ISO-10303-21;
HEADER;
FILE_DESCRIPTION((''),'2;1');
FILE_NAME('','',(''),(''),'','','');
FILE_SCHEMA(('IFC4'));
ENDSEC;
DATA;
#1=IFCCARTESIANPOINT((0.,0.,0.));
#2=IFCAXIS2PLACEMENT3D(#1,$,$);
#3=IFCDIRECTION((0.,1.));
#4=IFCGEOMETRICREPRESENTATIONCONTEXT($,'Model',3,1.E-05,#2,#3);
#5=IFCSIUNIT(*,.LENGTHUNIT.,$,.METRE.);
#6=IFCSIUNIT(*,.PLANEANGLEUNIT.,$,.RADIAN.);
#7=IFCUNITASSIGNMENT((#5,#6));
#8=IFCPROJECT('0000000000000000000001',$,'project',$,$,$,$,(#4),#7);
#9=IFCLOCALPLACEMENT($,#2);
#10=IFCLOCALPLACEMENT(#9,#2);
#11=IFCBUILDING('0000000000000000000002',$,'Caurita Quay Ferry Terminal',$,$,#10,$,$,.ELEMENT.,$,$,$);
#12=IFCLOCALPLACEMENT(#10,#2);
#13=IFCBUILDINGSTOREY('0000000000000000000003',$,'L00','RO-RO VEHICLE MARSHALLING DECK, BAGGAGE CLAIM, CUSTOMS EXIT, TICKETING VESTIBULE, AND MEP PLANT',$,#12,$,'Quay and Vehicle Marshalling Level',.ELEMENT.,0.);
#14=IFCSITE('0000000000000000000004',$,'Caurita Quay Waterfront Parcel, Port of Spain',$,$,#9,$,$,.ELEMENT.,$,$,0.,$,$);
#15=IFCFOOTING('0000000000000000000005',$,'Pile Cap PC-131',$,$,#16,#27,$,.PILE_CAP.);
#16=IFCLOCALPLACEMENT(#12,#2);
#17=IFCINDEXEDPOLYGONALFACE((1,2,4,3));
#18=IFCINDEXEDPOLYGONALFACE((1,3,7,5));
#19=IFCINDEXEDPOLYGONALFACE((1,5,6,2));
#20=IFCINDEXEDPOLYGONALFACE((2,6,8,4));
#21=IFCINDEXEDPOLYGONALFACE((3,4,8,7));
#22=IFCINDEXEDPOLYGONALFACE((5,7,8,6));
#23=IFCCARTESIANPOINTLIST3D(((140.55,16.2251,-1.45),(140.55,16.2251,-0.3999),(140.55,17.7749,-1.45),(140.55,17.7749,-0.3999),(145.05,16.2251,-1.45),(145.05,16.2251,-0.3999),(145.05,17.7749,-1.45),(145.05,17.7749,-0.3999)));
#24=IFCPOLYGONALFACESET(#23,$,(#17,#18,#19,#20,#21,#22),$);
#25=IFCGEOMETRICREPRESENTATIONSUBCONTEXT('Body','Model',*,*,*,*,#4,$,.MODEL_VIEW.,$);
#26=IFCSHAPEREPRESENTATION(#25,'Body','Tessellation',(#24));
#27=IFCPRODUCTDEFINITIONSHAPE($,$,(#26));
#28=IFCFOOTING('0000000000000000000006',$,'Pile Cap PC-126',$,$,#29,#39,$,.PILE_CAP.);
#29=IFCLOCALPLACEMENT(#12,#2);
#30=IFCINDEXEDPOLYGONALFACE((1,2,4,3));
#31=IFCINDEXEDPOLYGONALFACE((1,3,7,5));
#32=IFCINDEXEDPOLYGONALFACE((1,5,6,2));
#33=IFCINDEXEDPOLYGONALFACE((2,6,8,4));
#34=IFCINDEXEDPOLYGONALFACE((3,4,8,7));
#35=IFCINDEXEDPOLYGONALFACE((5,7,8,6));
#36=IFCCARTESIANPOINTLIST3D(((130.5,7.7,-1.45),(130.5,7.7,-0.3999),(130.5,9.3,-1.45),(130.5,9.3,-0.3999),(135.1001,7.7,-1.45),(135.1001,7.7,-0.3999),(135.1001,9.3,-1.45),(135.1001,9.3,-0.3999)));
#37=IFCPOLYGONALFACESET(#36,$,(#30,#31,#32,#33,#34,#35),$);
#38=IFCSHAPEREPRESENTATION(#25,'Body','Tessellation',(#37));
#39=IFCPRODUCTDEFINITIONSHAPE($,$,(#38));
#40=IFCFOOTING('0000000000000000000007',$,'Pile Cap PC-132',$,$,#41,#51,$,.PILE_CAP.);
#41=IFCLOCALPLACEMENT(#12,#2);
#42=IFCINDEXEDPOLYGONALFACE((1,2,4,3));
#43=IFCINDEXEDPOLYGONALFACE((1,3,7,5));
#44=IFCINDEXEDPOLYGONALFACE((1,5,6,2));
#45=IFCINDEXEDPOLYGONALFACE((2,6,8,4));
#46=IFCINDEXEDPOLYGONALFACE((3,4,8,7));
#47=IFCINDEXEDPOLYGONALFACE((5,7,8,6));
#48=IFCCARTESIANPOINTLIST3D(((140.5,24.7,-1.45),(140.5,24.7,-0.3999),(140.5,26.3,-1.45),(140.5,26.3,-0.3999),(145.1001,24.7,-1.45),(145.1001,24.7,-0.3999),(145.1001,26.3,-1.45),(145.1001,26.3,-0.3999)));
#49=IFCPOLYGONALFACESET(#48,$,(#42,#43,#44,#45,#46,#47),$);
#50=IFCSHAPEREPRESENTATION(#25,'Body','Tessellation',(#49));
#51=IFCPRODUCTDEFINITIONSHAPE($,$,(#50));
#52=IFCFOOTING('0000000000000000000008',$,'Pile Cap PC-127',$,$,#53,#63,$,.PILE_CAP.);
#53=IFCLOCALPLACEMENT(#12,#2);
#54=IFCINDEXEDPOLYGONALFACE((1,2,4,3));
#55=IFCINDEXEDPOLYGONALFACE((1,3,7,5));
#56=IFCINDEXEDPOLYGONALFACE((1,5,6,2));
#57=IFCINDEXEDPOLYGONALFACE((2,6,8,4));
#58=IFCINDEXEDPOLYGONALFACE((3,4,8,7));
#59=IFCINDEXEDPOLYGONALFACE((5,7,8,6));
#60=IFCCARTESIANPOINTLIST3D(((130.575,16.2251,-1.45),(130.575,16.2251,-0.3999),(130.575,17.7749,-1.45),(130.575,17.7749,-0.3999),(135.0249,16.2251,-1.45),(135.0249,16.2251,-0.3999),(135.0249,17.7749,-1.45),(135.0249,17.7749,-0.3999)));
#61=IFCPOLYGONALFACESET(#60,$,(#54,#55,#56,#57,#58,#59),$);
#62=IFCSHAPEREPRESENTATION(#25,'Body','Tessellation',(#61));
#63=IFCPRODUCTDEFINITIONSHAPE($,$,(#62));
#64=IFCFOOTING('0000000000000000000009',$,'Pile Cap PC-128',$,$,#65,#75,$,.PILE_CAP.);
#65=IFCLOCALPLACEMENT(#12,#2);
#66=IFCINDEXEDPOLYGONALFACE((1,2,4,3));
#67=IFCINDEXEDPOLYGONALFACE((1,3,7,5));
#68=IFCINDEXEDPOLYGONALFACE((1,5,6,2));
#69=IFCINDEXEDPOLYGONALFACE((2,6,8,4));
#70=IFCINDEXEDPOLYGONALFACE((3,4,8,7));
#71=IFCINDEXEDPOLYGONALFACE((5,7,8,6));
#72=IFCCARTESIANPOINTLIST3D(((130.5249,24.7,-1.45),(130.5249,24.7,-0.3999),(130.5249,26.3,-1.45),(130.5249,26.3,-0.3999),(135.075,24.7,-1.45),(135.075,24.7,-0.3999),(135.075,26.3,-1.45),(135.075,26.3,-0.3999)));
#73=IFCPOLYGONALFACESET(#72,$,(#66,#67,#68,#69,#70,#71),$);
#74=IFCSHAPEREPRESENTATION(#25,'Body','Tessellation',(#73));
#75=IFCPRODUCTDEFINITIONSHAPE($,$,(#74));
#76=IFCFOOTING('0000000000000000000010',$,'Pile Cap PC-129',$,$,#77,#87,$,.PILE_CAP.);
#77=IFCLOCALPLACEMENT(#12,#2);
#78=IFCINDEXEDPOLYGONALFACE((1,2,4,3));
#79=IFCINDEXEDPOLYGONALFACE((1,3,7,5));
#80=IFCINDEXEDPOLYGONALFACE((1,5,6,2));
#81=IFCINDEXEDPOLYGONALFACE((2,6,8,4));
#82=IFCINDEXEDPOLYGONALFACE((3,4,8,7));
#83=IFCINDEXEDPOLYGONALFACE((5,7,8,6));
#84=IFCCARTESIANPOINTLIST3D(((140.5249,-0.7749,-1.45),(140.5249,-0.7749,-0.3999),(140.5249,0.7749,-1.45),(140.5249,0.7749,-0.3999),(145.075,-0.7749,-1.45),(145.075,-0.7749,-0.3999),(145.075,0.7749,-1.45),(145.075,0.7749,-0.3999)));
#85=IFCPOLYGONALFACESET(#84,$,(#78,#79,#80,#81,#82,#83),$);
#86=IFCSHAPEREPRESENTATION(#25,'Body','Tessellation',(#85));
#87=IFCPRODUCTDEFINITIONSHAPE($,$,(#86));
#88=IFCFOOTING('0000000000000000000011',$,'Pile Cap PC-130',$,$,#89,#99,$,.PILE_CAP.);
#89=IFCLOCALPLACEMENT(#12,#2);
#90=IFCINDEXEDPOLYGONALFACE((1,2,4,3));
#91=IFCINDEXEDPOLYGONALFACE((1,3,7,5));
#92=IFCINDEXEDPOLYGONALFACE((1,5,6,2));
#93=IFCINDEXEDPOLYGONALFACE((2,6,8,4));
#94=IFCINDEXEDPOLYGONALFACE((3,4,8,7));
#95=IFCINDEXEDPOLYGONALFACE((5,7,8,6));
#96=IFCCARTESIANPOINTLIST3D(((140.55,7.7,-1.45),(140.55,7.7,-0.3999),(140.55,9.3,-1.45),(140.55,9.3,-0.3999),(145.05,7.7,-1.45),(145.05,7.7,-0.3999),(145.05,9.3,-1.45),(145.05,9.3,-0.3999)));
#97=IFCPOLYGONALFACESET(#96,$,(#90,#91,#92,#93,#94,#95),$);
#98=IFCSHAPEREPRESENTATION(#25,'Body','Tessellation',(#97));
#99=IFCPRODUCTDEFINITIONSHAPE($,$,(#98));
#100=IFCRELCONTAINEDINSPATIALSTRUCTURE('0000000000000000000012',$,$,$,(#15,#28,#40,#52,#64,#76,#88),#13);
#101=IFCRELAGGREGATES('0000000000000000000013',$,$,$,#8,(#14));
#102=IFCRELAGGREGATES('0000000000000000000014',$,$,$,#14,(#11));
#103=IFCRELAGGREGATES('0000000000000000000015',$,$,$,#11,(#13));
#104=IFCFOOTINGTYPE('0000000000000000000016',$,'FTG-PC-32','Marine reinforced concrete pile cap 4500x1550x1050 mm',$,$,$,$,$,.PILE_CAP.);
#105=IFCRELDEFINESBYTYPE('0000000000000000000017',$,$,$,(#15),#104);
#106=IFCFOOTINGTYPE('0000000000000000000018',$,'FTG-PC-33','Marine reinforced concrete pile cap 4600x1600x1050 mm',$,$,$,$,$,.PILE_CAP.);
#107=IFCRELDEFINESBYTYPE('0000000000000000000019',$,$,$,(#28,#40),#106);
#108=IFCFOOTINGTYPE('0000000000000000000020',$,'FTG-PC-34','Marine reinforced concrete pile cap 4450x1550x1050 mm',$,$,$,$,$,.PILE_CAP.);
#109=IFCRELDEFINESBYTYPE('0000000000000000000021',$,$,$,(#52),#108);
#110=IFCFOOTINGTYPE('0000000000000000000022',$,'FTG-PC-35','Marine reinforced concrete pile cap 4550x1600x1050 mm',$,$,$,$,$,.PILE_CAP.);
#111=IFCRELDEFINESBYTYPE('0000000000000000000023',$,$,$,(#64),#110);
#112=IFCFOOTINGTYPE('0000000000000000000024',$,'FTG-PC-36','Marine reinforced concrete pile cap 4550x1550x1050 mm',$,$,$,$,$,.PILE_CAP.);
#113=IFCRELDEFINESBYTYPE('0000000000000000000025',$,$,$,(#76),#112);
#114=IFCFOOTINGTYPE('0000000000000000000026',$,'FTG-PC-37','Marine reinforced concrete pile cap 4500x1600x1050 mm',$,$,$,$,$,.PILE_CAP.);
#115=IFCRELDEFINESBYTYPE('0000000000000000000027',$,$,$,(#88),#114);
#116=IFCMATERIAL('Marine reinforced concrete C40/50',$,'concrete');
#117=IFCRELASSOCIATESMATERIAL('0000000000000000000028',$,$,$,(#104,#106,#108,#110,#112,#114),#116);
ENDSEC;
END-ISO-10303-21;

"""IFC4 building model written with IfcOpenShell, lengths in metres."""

from ifc_helpers import new_model, si_unit, direction, frame, origin, place, context, subcontext, project, spatial, polyline, outline, extrude, material, type_object, element, save


model = new_model("IFC4")

# Units and contexts
model_context = context("Model", 3, precision=1e-05, world=origin(), true_north=direction((0.0, 1.0)))
body_context = subcontext(model_context, "Body", "Model", "MODEL_VIEW")
ifc_project = project(units=[si_unit("LENGTHUNIT", "METRE"), si_unit("PLANEANGLEUNIT", "RADIAN")], contexts=[model_context])

# Site, building, storey
site_placement = place(None, origin())
site = spatial("IfcSite", under=ifc_project, at=site_placement, Name="Caurita Quay Waterfront Parcel, Port of Spain", CompositionType="ELEMENT", RefElevation=0.0)
building_placement = place(site_placement, origin())
building = spatial("IfcBuilding", under=site, at=building_placement, Name="Caurita Quay Ferry Terminal", CompositionType="ELEMENT")
storey_placement = place(building_placement, origin())
storey = spatial("IfcBuildingStorey", under=building, at=storey_placement, Name="L00", Description="RO-RO VEHICLE MARSHALLING DECK, BAGGAGE CLAIM, CUSTOMS EXIT, TICKETING VESTIBULE, AND MEP PLANT", LongName="Quay and Vehicle Marshalling Level", CompositionType="ELEMENT", Elevation=0.0)

# Footings
ifc_material = material(Name="Marine reinforced concrete C40/50", Category="concrete")
footing_type_1 = type_object("IfcFootingType", Name="FTG-PC-32", Description="Marine reinforced concrete pile cap 4500x1550x1050 mm", PredefinedType="PILE_CAP", material=ifc_material)
footing_1_placement = place(storey_placement, frame((0.0, 0.0, -1.45)))
element("IfcFooting", 1, at=footing_1_placement, inside=storey, type_object=footing_type_1, Name="Pile Cap PC-131", PredefinedType="PILE_CAP", context=body_context, shape_type="SweptSolid", body=[
    extrude(outline(polyline([(140.55, 16.2251), (145.05, 16.2251), (145.05, 17.7749), (140.55, 17.7749), (140.55, 16.2251)])), origin(), (0.0, 0.0, 1.0), 1.05),
])
footing_type_2 = type_object("IfcFootingType", Name="FTG-PC-33", Description="Marine reinforced concrete pile cap 4600x1600x1050 mm", PredefinedType="PILE_CAP", material=ifc_material)
footing_2_placement = place(storey_placement, frame((0.0, 0.0, -1.45)))
element("IfcFooting", 2, at=footing_2_placement, inside=storey, type_object=footing_type_2, Name="Pile Cap PC-126", PredefinedType="PILE_CAP", context=body_context, shape_type="SweptSolid", body=[
    extrude(outline(polyline([(130.5, 7.7), (135.1001, 7.7), (135.1001, 9.3), (130.5, 9.3), (130.5, 7.7)])), origin(), (0.0, 0.0, 1.0), 1.05),
])
footing_3_placement = place(storey_placement, frame((0.0, 0.0, -1.45)))
element("IfcFooting", 3, at=footing_3_placement, inside=storey, type_object=footing_type_2, Name="Pile Cap PC-132", PredefinedType="PILE_CAP", context=body_context, shape_type="SweptSolid", body=[
    extrude(outline(polyline([(140.5, 24.7), (145.1001, 24.7), (145.1001, 26.3), (140.5, 26.3), (140.5, 24.7)])), origin(), (0.0, 0.0, 1.0), 1.05),
])
footing_type_3 = type_object("IfcFootingType", Name="FTG-PC-34", Description="Marine reinforced concrete pile cap 4450x1550x1050 mm", PredefinedType="PILE_CAP", material=ifc_material)
footing_4_placement = place(storey_placement, frame((0.0, 0.0, -1.45)))
element("IfcFooting", 4, at=footing_4_placement, inside=storey, type_object=footing_type_3, Name="Pile Cap PC-127", PredefinedType="PILE_CAP", context=body_context, shape_type="SweptSolid", body=[
    extrude(outline(polyline([(130.575, 16.2251), (135.0249, 16.2251), (135.0249, 17.7749), (130.575, 17.7749), (130.575, 16.2251)])), origin(), (0.0, 0.0, 1.0), 1.05),
])
footing_type_4 = type_object("IfcFootingType", Name="FTG-PC-35", Description="Marine reinforced concrete pile cap 4550x1600x1050 mm", PredefinedType="PILE_CAP", material=ifc_material)
footing_5_placement = place(storey_placement, frame((0.0, 0.0, -1.45)))
element("IfcFooting", 5, at=footing_5_placement, inside=storey, type_object=footing_type_4, Name="Pile Cap PC-128", PredefinedType="PILE_CAP", context=body_context, shape_type="SweptSolid", body=[
    extrude(outline(polyline([(130.5249, 24.7), (135.075, 24.7), (135.075, 26.3), (130.5249, 26.3), (130.5249, 24.7)])), origin(), (0.0, 0.0, 1.0), 1.05),
])
footing_type_5 = type_object("IfcFootingType", Name="FTG-PC-36", Description="Marine reinforced concrete pile cap 4550x1550x1050 mm", PredefinedType="PILE_CAP", material=ifc_material)
footing_6_placement = place(storey_placement, frame((0.0, 0.0, -1.45)))
element("IfcFooting", 6, at=footing_6_placement, inside=storey, type_object=footing_type_5, Name="Pile Cap PC-129", PredefinedType="PILE_CAP", context=body_context, shape_type="SweptSolid", body=[
    extrude(outline(polyline([(140.5249, -0.7749), (145.075, -0.7749), (145.075, 0.7749), (140.5249, 0.7749), (140.5249, -0.7749)])), origin(), (0.0, 0.0, 1.0), 1.05),
])
footing_type_6 = type_object("IfcFootingType", Name="FTG-PC-37", Description="Marine reinforced concrete pile cap 4500x1600x1050 mm", PredefinedType="PILE_CAP", material=ifc_material)
footing_7_placement = place(storey_placement, frame((0.0, 0.0, -1.45)))
element("IfcFooting", 7, at=footing_7_placement, inside=storey, type_object=footing_type_6, Name="Pile Cap PC-130", PredefinedType="PILE_CAP", context=body_context, shape_type="SweptSolid", body=[
    extrude(outline(polyline([(140.55, 7.7), (145.05, 7.7), (145.05, 9.3), (140.55, 9.3), (140.55, 7.7)])), origin(), (0.0, 0.0, 1.0), 1.05),
])

save(model, "model.ifc")
